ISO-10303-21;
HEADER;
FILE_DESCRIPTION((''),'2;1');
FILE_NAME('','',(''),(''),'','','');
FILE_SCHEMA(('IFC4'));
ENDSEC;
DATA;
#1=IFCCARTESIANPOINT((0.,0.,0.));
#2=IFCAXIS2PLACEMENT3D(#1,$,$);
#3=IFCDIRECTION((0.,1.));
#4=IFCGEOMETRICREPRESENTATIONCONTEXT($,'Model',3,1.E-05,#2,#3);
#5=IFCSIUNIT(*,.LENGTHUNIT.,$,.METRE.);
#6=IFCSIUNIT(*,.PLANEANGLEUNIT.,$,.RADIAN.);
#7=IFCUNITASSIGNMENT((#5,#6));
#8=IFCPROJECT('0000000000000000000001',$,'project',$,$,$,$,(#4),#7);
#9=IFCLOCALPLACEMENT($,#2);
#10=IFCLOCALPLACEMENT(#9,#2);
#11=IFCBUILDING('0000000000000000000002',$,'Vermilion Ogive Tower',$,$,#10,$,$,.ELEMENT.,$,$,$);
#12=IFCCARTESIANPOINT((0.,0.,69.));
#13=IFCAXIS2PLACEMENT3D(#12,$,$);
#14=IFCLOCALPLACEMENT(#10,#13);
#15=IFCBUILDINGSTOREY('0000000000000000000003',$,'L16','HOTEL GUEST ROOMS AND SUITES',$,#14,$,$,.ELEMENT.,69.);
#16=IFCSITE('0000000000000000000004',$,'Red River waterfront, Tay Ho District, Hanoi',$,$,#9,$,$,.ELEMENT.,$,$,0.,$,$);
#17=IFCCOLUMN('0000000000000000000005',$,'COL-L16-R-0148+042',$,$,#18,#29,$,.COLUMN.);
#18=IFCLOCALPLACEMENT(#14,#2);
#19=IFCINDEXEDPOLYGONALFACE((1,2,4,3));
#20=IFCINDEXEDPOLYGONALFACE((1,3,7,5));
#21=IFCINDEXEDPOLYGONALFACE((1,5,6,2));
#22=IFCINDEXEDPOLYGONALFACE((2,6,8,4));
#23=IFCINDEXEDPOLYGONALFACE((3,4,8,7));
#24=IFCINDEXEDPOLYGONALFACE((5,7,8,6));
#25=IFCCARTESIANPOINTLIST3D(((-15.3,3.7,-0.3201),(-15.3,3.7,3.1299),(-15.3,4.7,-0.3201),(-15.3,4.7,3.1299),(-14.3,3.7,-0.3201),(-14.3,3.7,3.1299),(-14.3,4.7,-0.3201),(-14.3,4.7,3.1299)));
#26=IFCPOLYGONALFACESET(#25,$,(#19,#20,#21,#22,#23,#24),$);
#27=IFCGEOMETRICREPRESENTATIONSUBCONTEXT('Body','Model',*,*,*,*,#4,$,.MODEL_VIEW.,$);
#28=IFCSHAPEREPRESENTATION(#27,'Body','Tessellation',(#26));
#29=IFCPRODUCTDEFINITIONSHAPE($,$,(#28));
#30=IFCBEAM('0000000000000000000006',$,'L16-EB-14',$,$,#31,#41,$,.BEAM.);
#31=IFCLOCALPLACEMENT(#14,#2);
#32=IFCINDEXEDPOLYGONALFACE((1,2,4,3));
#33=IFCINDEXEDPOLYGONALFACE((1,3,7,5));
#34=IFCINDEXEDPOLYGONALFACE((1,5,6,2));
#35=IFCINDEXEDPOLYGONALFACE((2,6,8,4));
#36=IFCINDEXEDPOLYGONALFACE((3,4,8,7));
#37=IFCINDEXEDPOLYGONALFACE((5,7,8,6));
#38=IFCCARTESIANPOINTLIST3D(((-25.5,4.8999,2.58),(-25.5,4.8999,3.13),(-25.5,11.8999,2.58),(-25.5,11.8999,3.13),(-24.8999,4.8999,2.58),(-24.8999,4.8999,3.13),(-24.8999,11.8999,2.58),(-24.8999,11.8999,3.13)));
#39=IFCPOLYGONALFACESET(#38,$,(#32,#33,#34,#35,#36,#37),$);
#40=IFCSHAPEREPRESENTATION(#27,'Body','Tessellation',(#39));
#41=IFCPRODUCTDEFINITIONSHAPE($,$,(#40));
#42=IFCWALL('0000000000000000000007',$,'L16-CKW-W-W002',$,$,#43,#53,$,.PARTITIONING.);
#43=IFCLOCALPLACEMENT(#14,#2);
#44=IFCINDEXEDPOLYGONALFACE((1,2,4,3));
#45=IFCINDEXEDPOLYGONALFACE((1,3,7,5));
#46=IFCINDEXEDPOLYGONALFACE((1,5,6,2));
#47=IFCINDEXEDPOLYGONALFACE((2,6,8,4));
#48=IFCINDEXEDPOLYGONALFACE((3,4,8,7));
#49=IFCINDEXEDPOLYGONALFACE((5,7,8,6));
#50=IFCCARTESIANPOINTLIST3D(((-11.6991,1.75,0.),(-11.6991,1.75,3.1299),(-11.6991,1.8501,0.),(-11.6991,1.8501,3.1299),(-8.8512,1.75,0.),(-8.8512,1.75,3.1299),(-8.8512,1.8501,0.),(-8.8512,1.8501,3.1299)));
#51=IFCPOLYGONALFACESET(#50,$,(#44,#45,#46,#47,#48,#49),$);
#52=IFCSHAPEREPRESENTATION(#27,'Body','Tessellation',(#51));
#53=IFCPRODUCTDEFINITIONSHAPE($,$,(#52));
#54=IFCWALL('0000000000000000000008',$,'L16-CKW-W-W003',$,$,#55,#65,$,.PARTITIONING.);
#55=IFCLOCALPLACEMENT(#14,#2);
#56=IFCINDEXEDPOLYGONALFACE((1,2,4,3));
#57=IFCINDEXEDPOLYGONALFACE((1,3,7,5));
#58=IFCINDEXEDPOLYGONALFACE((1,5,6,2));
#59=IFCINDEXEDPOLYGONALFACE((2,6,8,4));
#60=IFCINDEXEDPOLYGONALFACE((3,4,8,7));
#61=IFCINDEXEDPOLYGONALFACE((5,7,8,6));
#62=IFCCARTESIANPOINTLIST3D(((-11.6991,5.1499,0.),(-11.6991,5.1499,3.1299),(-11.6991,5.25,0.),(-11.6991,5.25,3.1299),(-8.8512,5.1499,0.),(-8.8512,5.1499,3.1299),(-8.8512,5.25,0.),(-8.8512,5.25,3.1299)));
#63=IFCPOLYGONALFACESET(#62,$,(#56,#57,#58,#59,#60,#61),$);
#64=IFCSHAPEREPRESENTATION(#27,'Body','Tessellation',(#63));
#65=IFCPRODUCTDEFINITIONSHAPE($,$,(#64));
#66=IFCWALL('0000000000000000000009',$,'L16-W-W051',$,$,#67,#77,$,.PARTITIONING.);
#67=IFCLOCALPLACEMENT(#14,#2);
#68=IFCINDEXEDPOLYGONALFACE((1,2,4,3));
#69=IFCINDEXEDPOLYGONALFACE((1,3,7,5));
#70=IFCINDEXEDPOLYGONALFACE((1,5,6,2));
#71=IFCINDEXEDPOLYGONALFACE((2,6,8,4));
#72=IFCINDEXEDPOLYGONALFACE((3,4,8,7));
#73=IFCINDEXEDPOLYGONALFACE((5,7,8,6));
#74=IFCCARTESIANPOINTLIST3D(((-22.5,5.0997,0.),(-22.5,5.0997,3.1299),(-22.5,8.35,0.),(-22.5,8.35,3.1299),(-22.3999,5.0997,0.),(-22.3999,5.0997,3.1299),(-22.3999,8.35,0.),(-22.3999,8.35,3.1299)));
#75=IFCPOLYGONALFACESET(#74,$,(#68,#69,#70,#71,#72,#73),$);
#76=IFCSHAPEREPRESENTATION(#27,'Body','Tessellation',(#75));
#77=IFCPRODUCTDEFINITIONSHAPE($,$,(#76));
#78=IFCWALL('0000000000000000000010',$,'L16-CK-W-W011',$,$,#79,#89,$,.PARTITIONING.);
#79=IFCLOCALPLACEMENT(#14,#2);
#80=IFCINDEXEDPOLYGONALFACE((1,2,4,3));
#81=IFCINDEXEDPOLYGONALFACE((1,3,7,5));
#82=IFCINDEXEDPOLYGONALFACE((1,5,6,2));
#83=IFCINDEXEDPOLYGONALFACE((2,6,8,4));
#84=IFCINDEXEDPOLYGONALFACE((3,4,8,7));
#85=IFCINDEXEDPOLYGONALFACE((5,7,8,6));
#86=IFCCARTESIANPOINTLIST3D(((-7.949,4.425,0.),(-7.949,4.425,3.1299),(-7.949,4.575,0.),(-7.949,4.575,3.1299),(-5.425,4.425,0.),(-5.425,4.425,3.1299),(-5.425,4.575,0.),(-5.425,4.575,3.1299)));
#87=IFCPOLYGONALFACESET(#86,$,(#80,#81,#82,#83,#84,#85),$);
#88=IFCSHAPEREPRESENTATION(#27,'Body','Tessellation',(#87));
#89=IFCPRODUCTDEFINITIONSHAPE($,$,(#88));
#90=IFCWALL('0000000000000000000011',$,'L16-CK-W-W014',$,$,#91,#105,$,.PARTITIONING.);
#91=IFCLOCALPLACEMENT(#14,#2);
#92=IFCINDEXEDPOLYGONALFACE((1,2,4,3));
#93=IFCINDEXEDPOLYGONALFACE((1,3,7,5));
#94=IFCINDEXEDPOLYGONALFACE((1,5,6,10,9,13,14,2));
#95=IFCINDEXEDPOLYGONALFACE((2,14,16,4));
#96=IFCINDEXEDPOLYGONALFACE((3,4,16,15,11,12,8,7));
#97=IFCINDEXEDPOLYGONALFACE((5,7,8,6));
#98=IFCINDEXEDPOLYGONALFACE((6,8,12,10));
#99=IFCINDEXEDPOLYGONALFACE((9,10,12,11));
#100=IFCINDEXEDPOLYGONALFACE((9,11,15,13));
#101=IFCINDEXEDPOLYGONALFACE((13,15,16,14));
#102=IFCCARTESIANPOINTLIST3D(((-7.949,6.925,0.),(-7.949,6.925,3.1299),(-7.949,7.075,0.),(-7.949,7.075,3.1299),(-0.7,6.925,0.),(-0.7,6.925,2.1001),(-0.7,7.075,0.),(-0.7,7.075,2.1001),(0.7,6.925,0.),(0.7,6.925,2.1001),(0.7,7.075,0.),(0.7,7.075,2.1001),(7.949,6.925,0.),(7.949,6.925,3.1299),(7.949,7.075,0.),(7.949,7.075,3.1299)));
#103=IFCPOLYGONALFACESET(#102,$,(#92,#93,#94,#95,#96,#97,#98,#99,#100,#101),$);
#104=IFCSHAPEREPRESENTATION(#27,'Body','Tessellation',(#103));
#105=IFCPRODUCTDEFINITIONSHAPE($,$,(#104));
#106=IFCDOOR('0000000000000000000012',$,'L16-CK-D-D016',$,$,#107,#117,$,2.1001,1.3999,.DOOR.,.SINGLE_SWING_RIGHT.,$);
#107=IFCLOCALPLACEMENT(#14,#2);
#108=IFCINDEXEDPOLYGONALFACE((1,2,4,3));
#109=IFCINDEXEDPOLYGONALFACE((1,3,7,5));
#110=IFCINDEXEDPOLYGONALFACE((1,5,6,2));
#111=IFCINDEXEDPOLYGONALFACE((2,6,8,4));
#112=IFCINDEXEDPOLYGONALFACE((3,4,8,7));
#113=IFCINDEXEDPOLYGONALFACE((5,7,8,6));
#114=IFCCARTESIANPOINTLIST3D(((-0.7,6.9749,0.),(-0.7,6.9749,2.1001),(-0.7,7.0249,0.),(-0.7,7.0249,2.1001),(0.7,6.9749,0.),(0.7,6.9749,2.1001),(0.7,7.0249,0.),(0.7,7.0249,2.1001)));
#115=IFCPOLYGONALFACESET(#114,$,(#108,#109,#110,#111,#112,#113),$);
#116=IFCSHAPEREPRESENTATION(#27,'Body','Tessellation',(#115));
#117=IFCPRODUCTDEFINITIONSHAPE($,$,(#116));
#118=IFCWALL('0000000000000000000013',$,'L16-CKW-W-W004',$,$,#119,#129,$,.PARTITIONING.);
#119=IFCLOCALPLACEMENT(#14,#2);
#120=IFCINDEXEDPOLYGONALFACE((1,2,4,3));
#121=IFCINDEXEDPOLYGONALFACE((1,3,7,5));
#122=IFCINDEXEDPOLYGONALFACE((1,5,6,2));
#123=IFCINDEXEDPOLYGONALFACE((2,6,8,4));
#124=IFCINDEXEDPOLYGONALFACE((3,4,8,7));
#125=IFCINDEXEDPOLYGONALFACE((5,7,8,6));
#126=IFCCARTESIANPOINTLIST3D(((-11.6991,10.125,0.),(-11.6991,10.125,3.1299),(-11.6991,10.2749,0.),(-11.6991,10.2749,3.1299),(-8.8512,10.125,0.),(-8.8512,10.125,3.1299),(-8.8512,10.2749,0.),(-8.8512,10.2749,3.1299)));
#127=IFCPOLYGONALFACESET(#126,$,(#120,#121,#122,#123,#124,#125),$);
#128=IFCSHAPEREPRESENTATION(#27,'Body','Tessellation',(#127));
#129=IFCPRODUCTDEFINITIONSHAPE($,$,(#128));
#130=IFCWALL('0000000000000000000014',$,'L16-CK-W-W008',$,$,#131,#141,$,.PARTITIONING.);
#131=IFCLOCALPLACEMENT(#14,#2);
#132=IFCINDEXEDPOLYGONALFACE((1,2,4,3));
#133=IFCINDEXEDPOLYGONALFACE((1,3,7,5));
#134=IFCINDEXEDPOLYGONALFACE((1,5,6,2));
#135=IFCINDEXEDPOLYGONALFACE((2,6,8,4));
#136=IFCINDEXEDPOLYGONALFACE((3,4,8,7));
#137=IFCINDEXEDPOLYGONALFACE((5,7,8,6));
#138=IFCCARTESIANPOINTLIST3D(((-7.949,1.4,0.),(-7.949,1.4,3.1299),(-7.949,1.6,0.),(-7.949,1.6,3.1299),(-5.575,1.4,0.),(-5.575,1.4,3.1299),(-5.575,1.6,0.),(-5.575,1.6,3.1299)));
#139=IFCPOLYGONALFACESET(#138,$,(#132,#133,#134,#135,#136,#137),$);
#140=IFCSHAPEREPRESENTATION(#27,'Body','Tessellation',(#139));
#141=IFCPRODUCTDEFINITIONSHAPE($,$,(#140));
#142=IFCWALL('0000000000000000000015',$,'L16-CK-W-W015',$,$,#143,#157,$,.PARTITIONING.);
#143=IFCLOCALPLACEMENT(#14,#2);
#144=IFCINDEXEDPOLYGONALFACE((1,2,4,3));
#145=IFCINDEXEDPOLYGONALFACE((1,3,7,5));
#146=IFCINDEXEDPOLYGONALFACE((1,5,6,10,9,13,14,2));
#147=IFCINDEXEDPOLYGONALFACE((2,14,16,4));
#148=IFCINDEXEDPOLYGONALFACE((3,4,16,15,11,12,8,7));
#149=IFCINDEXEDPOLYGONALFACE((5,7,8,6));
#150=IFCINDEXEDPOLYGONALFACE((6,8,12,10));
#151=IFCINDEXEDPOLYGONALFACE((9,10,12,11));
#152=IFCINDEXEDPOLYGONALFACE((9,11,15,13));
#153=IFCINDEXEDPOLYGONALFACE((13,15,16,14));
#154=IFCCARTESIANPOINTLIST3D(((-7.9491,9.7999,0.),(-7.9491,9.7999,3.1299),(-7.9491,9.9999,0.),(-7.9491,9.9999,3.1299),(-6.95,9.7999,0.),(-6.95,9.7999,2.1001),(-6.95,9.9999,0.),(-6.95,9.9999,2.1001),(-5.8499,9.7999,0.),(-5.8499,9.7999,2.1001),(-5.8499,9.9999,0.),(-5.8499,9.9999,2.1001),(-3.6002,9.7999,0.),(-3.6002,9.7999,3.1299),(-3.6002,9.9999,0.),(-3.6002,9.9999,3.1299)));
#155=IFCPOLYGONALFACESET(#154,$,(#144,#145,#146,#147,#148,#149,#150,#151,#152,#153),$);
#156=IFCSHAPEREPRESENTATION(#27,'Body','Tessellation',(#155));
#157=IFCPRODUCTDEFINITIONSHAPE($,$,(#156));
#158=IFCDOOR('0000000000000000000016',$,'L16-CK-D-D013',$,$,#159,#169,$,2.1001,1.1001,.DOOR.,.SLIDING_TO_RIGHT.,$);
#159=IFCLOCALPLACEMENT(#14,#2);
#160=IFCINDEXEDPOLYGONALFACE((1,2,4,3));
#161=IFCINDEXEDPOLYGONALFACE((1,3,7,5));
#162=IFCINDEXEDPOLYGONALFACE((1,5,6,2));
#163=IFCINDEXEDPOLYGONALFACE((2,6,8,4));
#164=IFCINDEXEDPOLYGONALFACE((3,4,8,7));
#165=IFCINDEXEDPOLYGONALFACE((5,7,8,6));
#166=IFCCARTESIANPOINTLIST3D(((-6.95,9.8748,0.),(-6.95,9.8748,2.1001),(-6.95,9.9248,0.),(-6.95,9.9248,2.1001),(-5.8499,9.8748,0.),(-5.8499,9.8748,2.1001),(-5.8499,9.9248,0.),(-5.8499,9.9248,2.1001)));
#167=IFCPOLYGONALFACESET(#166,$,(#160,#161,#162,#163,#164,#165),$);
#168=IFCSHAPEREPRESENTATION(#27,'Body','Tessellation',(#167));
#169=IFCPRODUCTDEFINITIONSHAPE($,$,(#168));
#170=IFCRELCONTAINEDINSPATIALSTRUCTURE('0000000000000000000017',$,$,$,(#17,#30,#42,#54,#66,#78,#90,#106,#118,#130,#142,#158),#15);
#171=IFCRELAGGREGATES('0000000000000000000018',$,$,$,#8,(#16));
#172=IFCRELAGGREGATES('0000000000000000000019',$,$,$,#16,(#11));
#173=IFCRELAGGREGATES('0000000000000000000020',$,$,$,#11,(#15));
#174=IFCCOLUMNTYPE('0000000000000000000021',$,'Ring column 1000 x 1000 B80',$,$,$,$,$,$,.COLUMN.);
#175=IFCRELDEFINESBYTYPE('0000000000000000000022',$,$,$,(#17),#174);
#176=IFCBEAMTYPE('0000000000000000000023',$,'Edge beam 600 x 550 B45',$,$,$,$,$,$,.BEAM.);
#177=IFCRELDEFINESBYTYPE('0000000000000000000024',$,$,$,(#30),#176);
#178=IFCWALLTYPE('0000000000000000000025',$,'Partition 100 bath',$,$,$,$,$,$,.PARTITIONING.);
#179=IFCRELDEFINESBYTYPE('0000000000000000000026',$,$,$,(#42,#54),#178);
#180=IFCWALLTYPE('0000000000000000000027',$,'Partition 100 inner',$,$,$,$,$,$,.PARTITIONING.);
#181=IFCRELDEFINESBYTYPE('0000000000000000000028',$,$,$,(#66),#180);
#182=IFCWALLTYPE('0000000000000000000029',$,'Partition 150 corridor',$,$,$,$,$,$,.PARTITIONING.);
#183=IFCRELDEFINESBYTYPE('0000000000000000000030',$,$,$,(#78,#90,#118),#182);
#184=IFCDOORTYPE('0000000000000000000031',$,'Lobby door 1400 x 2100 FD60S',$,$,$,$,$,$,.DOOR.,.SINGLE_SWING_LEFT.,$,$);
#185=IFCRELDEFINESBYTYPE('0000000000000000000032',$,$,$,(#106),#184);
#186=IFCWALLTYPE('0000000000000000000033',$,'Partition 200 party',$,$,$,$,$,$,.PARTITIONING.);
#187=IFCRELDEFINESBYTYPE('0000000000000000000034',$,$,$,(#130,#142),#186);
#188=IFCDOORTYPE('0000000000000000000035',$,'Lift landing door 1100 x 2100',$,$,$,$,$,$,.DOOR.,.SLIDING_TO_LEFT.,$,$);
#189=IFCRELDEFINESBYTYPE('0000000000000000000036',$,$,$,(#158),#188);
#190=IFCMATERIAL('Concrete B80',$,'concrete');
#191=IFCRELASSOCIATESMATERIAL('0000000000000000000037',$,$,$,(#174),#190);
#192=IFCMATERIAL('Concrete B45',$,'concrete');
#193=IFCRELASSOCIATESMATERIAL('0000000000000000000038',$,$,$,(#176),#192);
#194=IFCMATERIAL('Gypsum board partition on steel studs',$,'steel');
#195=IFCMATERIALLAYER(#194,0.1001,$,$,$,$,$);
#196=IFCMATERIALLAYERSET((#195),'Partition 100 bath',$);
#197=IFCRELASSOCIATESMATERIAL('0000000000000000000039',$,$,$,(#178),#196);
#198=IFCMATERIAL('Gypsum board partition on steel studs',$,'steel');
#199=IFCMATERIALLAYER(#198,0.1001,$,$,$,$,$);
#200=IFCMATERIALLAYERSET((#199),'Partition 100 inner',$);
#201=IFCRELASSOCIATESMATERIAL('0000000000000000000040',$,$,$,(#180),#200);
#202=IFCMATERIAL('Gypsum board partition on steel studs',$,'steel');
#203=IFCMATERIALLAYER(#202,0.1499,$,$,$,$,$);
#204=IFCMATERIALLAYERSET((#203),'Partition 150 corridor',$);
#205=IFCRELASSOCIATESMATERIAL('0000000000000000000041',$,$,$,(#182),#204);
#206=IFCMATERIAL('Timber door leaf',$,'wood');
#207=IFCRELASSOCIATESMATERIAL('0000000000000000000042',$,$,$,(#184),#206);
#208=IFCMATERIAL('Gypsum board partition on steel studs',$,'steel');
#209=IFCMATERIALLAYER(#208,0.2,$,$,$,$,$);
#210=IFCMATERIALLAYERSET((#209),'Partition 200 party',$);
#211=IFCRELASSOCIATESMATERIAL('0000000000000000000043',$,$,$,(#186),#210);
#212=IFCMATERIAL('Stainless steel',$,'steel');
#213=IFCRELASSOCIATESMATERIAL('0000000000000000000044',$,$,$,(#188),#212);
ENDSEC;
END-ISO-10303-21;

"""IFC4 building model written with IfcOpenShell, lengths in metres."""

from ifc_helpers import new_model, si_unit, direction, frame, frame_2d, origin, origin_2d, place, context, subcontext, project, spatial, rectangle, extrude, material, layer, layer_set, material_profile, profile_set, type_object, element, fill, save


model = new_model("IFC4")

# Units and contexts
model_context = context("Model", 3, precision=1e-05, world=origin(), true_north=direction((0.0, 1.0)))
body_context = subcontext(model_context, "Body", "Model", "MODEL_VIEW")
ifc_project = project(units=[si_unit("LENGTHUNIT", "METRE"), si_unit("PLANEANGLEUNIT", "RADIAN")], contexts=[model_context])

# Site, building, storey
site_placement = place(None, origin())
site = spatial("IfcSite", under=ifc_project, at=site_placement, Name="Red River waterfront, Tay Ho District, Hanoi", CompositionType="ELEMENT", RefElevation=0.0)
building_placement = place(site_placement, origin())
building = spatial("IfcBuilding", under=site, at=building_placement, Name="Vermilion Ogive Tower", CompositionType="ELEMENT")
storey_placement = place(building_placement, frame((0.0, 0.0, 69.0)))
storey = spatial("IfcBuildingStorey", under=building, at=storey_placement, Name="L16", Description="HOTEL GUEST ROOMS AND SUITES", CompositionType="ELEMENT", Elevation=69.0)

# Column
ifc_material_1 = material(Name="Concrete B80", Category="concrete")
ifc_material_profile_1 = material_profile(ifc_material_1, rectangle(XDim=1.0, YDim=1.0, at=origin_2d()), Name="1000 x 1000")
ifc_profile_set_1 = profile_set([ifc_material_profile_1], Name="Concrete B80")
column_type = type_object("IfcColumnType", Name="Ring column 1000 x 1000 B80", PredefinedType="COLUMN", material=ifc_profile_set_1)
column_placement = place(storey_placement, frame((-14.8, 4.2, -0.3201), z_axis=(0.0, 0.0, 1.0), x_axis=(1.0, 0.0, 0.0)))
element("IfcColumn", 1, at=column_placement, inside=storey, type_object=column_type, Name="COL-L16-R-0148+042", PredefinedType="COLUMN", context=body_context, shape_type="SweptSolid", body=[
    extrude(rectangle(XDim=1.0, YDim=1.0, at=origin_2d()), origin(), (0.0, 0.0, 1.0), 3.45),
])

# Beam
ifc_material_2 = material(Name="Concrete B45", Category="concrete")
ifc_material_profile_2 = material_profile(ifc_material_2, rectangle(XDim=0.6001, YDim=0.55, at=origin_2d()), Name="600 x 550")
ifc_profile_set_2 = profile_set([ifc_material_profile_2], Name="Concrete B45")
beam_type = type_object("IfcBeamType", Name="Edge beam 600 x 550 B45", PredefinedType="BEAM", material=ifc_profile_set_2)
beam_placement = place(storey_placement, frame((-25.2, 11.8999, 2.855), z_axis=(0.0, -1.0, 0.0), x_axis=(1.0, 0.0, 0.0)))
element("IfcBeam", 2, at=beam_placement, inside=storey, type_object=beam_type, Name="L16-EB-14", PredefinedType="BEAM", context=body_context, shape_type="SweptSolid", body=[
    extrude(rectangle(XDim=0.6001, YDim=0.55, at=origin_2d()), origin(), (0.0, 0.0, 1.0), 7.0),
])

# Walls
ifc_material_3 = material(Name="Gypsum board partition on steel studs", Category="steel")
ifc_layer_1 = layer(ifc_material_3, 0.1001)
ifc_layer_set_1 = layer_set([ifc_layer_1], Name="Partition 100 bath")
wall_type_1 = type_object("IfcWallType", Name="Partition 100 bath", PredefinedType="PARTITIONING", material=ifc_layer_set_1)
for number, where, z_axis, x_axis, name in (
    (3, (-11.699, 1.8, 0.0), (0.0, 0.0, 1.0), (1.0, 0.0, 0.0), "L16-CKW-W-W002"),
    (4, (-11.699, 5.2, 0.0), (0.0, 0.0, 1.0), (1.0, 0.0, 0.0), "L16-CKW-W-W003"),
):
    element("IfcWall", number, at=place(storey_placement, frame(where, z_axis=z_axis, x_axis=x_axis)), inside=storey, type_object=wall_type_1, Name=name, PredefinedType="PARTITIONING", context=body_context, shape_type="SweptSolid", body=[
        extrude(rectangle(XDim=2.8479, YDim=0.1001, at=frame_2d((1.4238, 0.0))), origin(), (0.0, 0.0, 1.0), 3.1299),
    ])
ifc_material_4 = material(Name="Gypsum board partition on steel studs", Category="steel")
ifc_layer_2 = layer(ifc_material_4, 0.1001)
ifc_layer_set_2 = layer_set([ifc_layer_2], Name="Partition 100 inner")
wall_type_2 = type_object("IfcWallType", Name="Partition 100 inner", PredefinedType="PARTITIONING", material=ifc_layer_set_2)
wall_1_placement = place(storey_placement, frame((-22.45, 5.0999, 0.0), z_axis=(0.0, 0.0, 1.0), x_axis=(0.0, 1.0, 0.0)))
element("IfcWall", 5, at=wall_1_placement, inside=storey, type_object=wall_type_2, Name="L16-W-W051", PredefinedType="PARTITIONING", context=body_context, shape_type="SweptSolid", body=[
    extrude(rectangle(XDim=3.2502, YDim=0.1001, at=frame_2d((1.625, 0.0))), origin(), (0.0, 0.0, 1.0), 3.1299),
])
ifc_material_5 = material(Name="Gypsum board partition on steel studs", Category="steel")
ifc_layer_3 = layer(ifc_material_5, 0.1499)
ifc_layer_set_3 = layer_set([ifc_layer_3], Name="Partition 150 corridor")
wall_type_3 = type_object("IfcWallType", Name="Partition 150 corridor", PredefinedType="PARTITIONING", material=ifc_layer_set_3)
wall_2_placement = place(storey_placement, frame((-7.949, 4.5, 0.0), z_axis=(0.0, 0.0, 1.0), x_axis=(1.0, 0.0, 0.0)))
element("IfcWall", 6, at=wall_2_placement, inside=storey, type_object=wall_type_3, Name="L16-CK-W-W011", PredefinedType="PARTITIONING", context=body_context, shape_type="SweptSolid", body=[
    extrude(rectangle(XDim=2.5239, YDim=0.1499, at=frame_2d((1.262, 0.0))), origin(), (0.0, 0.0, 1.0), 3.1299),
])

# Wall, opening, door
wall_3_placement = place(storey_placement, frame((-7.949, 7.0, 0.0), z_axis=(0.0, 0.0, 1.0), x_axis=(1.0, 0.0, 0.0)))
wall_3 = element("IfcWall", 7, at=wall_3_placement, inside=storey, type_object=wall_type_3, Name="L16-CK-W-W014", PredefinedType="PARTITIONING", context=body_context, shape_type="SweptSolid", body=[
    extrude(rectangle(XDim=15.8979, YDim=0.1499, at=frame_2d((7.949, 0.0))), origin(), (0.0, 0.0, 1.0), 3.1299),
])
opening_1_placement = place(wall_3_placement, frame((7.249, 0.0, 0.0)))
opening_1 = element("IfcOpeningElement", 8, at=opening_1_placement, cuts=wall_3, PredefinedType="OPENING", context=body_context, shape_type="SweptSolid", body=[
    extrude(rectangle(XDim=1.3999, YDim=2.1001, at=frame_2d((0.7, 1.05))), frame((0.0, 0.085, 0.0), z_axis=(0.0, -1.0, 0.0), x_axis=(1.0, 0.0, 0.0)), (0.0, 0.0, 1.0), 0.1699),
])
ifc_material_6 = material(Name="Timber door leaf", Category="wood")
door_type_1 = type_object("IfcDoorType", Name="Lobby door 1400 x 2100 FD60S", OperationType="SINGLE_SWING_LEFT", PredefinedType="DOOR", material=ifc_material_6)
door_1_placement = place(opening_1_placement, origin())
door_1 = element("IfcDoor", 9, at=door_1_placement, inside=storey, type_object=door_type_1, Name="L16-CK-D-D016", OperationType="SINGLE_SWING_RIGHT", OverallHeight=2.1001, OverallWidth=1.3999, PredefinedType="DOOR", context=body_context, shape_type="SweptSolid", body=[
    extrude(rectangle(XDim=1.3999, YDim=2.1001, at=frame_2d((0.7, 1.05))), frame((0.0, 0.0249, 0.0), z_axis=(0.0, -1.0, 0.0), x_axis=(1.0, 0.0, 0.0)), (0.0, 0.0, 1.0), 0.05),
])
fill(opening_1, door_1)

# Walls
wall_4_placement = place(storey_placement, frame((-11.699, 10.2, 0.0), z_axis=(0.0, 0.0, 1.0), x_axis=(1.0, 0.0, 0.0)))
element("IfcWall", 10, at=wall_4_placement, inside=storey, type_object=wall_type_3, Name="L16-CKW-W-W004", PredefinedType="PARTITIONING", context=body_context, shape_type="SweptSolid", body=[
    extrude(rectangle(XDim=2.8479, YDim=0.1499, at=frame_2d((1.4238, 0.0))), origin(), (0.0, 0.0, 1.0), 3.1299),
])
ifc_material_7 = material(Name="Gypsum board partition on steel studs", Category="steel")
ifc_layer_4 = layer(ifc_material_7, 0.2)
ifc_layer_set_4 = layer_set([ifc_layer_4], Name="Partition 200 party")
wall_type_4 = type_object("IfcWallType", Name="Partition 200 party", PredefinedType="PARTITIONING", material=ifc_layer_set_4)
wall_5_placement = place(storey_placement, frame((-7.949, 1.5, 0.0), z_axis=(0.0, 0.0, 1.0), x_axis=(1.0, 0.0, 0.0)))
element("IfcWall", 11, at=wall_5_placement, inside=storey, type_object=wall_type_4, Name="L16-CK-W-W008", PredefinedType="PARTITIONING", context=body_context, shape_type="SweptSolid", body=[
    extrude(rectangle(XDim=2.374, YDim=0.2, at=frame_2d((1.187, 0.0))), origin(), (0.0, 0.0, 1.0), 3.1299),
])

# Wall, opening, door
wall_6_placement = place(storey_placement, frame((-7.949, 9.8999, 0.0), z_axis=(0.0, 0.0, 1.0), x_axis=(1.0, 0.0, 0.0)))
wall_6 = element("IfcWall", 12, at=wall_6_placement, inside=storey, type_object=wall_type_4, Name="L16-CK-W-W015", PredefinedType="PARTITIONING", context=body_context, shape_type="SweptSolid", body=[
    extrude(rectangle(XDim=4.3489, YDim=0.2, at=frame_2d((2.1743, 0.0))), origin(), (0.0, 0.0, 1.0), 3.1299),
])
opening_2_placement = place(wall_6_placement, frame((0.999, 0.0, 0.0)))
opening_2 = element("IfcOpeningElement", 13, at=opening_2_placement, cuts=wall_6, PredefinedType="OPENING", context=body_context, shape_type="SweptSolid", body=[
    extrude(rectangle(XDim=1.1001, YDim=2.1001, at=frame_2d((0.55, 1.05))), frame((0.0, 0.1099, 0.0), z_axis=(0.0, -1.0, 0.0), x_axis=(1.0, 0.0, 0.0)), (0.0, 0.0, 1.0), 0.22),
])
ifc_material_8 = material(Name="Stainless steel", Category="steel")
door_type_2 = type_object("IfcDoorType", Name="Lift landing door 1100 x 2100", OperationType="SLIDING_TO_LEFT", PredefinedType="DOOR", material=ifc_material_8)
door_2_placement = place(opening_2_placement, origin())
door_2 = element("IfcDoor", 14, at=door_2_placement, inside=storey, type_object=door_type_2, Name="L16-CK-D-D013", OperationType="SLIDING_TO_RIGHT", OverallHeight=2.1001, OverallWidth=1.1001, PredefinedType="DOOR", context=body_context, shape_type="SweptSolid", body=[
    extrude(rectangle(XDim=1.1001, YDim=2.1001, at=frame_2d((0.55, 1.05))), frame((0.0, 0.0249, 0.0), z_axis=(0.0, -1.0, 0.0), x_axis=(1.0, 0.0, 0.0)), (0.0, 0.0, 1.0), 0.05),
])
fill(opening_2, door_2)

save(model, "model.ifc")
